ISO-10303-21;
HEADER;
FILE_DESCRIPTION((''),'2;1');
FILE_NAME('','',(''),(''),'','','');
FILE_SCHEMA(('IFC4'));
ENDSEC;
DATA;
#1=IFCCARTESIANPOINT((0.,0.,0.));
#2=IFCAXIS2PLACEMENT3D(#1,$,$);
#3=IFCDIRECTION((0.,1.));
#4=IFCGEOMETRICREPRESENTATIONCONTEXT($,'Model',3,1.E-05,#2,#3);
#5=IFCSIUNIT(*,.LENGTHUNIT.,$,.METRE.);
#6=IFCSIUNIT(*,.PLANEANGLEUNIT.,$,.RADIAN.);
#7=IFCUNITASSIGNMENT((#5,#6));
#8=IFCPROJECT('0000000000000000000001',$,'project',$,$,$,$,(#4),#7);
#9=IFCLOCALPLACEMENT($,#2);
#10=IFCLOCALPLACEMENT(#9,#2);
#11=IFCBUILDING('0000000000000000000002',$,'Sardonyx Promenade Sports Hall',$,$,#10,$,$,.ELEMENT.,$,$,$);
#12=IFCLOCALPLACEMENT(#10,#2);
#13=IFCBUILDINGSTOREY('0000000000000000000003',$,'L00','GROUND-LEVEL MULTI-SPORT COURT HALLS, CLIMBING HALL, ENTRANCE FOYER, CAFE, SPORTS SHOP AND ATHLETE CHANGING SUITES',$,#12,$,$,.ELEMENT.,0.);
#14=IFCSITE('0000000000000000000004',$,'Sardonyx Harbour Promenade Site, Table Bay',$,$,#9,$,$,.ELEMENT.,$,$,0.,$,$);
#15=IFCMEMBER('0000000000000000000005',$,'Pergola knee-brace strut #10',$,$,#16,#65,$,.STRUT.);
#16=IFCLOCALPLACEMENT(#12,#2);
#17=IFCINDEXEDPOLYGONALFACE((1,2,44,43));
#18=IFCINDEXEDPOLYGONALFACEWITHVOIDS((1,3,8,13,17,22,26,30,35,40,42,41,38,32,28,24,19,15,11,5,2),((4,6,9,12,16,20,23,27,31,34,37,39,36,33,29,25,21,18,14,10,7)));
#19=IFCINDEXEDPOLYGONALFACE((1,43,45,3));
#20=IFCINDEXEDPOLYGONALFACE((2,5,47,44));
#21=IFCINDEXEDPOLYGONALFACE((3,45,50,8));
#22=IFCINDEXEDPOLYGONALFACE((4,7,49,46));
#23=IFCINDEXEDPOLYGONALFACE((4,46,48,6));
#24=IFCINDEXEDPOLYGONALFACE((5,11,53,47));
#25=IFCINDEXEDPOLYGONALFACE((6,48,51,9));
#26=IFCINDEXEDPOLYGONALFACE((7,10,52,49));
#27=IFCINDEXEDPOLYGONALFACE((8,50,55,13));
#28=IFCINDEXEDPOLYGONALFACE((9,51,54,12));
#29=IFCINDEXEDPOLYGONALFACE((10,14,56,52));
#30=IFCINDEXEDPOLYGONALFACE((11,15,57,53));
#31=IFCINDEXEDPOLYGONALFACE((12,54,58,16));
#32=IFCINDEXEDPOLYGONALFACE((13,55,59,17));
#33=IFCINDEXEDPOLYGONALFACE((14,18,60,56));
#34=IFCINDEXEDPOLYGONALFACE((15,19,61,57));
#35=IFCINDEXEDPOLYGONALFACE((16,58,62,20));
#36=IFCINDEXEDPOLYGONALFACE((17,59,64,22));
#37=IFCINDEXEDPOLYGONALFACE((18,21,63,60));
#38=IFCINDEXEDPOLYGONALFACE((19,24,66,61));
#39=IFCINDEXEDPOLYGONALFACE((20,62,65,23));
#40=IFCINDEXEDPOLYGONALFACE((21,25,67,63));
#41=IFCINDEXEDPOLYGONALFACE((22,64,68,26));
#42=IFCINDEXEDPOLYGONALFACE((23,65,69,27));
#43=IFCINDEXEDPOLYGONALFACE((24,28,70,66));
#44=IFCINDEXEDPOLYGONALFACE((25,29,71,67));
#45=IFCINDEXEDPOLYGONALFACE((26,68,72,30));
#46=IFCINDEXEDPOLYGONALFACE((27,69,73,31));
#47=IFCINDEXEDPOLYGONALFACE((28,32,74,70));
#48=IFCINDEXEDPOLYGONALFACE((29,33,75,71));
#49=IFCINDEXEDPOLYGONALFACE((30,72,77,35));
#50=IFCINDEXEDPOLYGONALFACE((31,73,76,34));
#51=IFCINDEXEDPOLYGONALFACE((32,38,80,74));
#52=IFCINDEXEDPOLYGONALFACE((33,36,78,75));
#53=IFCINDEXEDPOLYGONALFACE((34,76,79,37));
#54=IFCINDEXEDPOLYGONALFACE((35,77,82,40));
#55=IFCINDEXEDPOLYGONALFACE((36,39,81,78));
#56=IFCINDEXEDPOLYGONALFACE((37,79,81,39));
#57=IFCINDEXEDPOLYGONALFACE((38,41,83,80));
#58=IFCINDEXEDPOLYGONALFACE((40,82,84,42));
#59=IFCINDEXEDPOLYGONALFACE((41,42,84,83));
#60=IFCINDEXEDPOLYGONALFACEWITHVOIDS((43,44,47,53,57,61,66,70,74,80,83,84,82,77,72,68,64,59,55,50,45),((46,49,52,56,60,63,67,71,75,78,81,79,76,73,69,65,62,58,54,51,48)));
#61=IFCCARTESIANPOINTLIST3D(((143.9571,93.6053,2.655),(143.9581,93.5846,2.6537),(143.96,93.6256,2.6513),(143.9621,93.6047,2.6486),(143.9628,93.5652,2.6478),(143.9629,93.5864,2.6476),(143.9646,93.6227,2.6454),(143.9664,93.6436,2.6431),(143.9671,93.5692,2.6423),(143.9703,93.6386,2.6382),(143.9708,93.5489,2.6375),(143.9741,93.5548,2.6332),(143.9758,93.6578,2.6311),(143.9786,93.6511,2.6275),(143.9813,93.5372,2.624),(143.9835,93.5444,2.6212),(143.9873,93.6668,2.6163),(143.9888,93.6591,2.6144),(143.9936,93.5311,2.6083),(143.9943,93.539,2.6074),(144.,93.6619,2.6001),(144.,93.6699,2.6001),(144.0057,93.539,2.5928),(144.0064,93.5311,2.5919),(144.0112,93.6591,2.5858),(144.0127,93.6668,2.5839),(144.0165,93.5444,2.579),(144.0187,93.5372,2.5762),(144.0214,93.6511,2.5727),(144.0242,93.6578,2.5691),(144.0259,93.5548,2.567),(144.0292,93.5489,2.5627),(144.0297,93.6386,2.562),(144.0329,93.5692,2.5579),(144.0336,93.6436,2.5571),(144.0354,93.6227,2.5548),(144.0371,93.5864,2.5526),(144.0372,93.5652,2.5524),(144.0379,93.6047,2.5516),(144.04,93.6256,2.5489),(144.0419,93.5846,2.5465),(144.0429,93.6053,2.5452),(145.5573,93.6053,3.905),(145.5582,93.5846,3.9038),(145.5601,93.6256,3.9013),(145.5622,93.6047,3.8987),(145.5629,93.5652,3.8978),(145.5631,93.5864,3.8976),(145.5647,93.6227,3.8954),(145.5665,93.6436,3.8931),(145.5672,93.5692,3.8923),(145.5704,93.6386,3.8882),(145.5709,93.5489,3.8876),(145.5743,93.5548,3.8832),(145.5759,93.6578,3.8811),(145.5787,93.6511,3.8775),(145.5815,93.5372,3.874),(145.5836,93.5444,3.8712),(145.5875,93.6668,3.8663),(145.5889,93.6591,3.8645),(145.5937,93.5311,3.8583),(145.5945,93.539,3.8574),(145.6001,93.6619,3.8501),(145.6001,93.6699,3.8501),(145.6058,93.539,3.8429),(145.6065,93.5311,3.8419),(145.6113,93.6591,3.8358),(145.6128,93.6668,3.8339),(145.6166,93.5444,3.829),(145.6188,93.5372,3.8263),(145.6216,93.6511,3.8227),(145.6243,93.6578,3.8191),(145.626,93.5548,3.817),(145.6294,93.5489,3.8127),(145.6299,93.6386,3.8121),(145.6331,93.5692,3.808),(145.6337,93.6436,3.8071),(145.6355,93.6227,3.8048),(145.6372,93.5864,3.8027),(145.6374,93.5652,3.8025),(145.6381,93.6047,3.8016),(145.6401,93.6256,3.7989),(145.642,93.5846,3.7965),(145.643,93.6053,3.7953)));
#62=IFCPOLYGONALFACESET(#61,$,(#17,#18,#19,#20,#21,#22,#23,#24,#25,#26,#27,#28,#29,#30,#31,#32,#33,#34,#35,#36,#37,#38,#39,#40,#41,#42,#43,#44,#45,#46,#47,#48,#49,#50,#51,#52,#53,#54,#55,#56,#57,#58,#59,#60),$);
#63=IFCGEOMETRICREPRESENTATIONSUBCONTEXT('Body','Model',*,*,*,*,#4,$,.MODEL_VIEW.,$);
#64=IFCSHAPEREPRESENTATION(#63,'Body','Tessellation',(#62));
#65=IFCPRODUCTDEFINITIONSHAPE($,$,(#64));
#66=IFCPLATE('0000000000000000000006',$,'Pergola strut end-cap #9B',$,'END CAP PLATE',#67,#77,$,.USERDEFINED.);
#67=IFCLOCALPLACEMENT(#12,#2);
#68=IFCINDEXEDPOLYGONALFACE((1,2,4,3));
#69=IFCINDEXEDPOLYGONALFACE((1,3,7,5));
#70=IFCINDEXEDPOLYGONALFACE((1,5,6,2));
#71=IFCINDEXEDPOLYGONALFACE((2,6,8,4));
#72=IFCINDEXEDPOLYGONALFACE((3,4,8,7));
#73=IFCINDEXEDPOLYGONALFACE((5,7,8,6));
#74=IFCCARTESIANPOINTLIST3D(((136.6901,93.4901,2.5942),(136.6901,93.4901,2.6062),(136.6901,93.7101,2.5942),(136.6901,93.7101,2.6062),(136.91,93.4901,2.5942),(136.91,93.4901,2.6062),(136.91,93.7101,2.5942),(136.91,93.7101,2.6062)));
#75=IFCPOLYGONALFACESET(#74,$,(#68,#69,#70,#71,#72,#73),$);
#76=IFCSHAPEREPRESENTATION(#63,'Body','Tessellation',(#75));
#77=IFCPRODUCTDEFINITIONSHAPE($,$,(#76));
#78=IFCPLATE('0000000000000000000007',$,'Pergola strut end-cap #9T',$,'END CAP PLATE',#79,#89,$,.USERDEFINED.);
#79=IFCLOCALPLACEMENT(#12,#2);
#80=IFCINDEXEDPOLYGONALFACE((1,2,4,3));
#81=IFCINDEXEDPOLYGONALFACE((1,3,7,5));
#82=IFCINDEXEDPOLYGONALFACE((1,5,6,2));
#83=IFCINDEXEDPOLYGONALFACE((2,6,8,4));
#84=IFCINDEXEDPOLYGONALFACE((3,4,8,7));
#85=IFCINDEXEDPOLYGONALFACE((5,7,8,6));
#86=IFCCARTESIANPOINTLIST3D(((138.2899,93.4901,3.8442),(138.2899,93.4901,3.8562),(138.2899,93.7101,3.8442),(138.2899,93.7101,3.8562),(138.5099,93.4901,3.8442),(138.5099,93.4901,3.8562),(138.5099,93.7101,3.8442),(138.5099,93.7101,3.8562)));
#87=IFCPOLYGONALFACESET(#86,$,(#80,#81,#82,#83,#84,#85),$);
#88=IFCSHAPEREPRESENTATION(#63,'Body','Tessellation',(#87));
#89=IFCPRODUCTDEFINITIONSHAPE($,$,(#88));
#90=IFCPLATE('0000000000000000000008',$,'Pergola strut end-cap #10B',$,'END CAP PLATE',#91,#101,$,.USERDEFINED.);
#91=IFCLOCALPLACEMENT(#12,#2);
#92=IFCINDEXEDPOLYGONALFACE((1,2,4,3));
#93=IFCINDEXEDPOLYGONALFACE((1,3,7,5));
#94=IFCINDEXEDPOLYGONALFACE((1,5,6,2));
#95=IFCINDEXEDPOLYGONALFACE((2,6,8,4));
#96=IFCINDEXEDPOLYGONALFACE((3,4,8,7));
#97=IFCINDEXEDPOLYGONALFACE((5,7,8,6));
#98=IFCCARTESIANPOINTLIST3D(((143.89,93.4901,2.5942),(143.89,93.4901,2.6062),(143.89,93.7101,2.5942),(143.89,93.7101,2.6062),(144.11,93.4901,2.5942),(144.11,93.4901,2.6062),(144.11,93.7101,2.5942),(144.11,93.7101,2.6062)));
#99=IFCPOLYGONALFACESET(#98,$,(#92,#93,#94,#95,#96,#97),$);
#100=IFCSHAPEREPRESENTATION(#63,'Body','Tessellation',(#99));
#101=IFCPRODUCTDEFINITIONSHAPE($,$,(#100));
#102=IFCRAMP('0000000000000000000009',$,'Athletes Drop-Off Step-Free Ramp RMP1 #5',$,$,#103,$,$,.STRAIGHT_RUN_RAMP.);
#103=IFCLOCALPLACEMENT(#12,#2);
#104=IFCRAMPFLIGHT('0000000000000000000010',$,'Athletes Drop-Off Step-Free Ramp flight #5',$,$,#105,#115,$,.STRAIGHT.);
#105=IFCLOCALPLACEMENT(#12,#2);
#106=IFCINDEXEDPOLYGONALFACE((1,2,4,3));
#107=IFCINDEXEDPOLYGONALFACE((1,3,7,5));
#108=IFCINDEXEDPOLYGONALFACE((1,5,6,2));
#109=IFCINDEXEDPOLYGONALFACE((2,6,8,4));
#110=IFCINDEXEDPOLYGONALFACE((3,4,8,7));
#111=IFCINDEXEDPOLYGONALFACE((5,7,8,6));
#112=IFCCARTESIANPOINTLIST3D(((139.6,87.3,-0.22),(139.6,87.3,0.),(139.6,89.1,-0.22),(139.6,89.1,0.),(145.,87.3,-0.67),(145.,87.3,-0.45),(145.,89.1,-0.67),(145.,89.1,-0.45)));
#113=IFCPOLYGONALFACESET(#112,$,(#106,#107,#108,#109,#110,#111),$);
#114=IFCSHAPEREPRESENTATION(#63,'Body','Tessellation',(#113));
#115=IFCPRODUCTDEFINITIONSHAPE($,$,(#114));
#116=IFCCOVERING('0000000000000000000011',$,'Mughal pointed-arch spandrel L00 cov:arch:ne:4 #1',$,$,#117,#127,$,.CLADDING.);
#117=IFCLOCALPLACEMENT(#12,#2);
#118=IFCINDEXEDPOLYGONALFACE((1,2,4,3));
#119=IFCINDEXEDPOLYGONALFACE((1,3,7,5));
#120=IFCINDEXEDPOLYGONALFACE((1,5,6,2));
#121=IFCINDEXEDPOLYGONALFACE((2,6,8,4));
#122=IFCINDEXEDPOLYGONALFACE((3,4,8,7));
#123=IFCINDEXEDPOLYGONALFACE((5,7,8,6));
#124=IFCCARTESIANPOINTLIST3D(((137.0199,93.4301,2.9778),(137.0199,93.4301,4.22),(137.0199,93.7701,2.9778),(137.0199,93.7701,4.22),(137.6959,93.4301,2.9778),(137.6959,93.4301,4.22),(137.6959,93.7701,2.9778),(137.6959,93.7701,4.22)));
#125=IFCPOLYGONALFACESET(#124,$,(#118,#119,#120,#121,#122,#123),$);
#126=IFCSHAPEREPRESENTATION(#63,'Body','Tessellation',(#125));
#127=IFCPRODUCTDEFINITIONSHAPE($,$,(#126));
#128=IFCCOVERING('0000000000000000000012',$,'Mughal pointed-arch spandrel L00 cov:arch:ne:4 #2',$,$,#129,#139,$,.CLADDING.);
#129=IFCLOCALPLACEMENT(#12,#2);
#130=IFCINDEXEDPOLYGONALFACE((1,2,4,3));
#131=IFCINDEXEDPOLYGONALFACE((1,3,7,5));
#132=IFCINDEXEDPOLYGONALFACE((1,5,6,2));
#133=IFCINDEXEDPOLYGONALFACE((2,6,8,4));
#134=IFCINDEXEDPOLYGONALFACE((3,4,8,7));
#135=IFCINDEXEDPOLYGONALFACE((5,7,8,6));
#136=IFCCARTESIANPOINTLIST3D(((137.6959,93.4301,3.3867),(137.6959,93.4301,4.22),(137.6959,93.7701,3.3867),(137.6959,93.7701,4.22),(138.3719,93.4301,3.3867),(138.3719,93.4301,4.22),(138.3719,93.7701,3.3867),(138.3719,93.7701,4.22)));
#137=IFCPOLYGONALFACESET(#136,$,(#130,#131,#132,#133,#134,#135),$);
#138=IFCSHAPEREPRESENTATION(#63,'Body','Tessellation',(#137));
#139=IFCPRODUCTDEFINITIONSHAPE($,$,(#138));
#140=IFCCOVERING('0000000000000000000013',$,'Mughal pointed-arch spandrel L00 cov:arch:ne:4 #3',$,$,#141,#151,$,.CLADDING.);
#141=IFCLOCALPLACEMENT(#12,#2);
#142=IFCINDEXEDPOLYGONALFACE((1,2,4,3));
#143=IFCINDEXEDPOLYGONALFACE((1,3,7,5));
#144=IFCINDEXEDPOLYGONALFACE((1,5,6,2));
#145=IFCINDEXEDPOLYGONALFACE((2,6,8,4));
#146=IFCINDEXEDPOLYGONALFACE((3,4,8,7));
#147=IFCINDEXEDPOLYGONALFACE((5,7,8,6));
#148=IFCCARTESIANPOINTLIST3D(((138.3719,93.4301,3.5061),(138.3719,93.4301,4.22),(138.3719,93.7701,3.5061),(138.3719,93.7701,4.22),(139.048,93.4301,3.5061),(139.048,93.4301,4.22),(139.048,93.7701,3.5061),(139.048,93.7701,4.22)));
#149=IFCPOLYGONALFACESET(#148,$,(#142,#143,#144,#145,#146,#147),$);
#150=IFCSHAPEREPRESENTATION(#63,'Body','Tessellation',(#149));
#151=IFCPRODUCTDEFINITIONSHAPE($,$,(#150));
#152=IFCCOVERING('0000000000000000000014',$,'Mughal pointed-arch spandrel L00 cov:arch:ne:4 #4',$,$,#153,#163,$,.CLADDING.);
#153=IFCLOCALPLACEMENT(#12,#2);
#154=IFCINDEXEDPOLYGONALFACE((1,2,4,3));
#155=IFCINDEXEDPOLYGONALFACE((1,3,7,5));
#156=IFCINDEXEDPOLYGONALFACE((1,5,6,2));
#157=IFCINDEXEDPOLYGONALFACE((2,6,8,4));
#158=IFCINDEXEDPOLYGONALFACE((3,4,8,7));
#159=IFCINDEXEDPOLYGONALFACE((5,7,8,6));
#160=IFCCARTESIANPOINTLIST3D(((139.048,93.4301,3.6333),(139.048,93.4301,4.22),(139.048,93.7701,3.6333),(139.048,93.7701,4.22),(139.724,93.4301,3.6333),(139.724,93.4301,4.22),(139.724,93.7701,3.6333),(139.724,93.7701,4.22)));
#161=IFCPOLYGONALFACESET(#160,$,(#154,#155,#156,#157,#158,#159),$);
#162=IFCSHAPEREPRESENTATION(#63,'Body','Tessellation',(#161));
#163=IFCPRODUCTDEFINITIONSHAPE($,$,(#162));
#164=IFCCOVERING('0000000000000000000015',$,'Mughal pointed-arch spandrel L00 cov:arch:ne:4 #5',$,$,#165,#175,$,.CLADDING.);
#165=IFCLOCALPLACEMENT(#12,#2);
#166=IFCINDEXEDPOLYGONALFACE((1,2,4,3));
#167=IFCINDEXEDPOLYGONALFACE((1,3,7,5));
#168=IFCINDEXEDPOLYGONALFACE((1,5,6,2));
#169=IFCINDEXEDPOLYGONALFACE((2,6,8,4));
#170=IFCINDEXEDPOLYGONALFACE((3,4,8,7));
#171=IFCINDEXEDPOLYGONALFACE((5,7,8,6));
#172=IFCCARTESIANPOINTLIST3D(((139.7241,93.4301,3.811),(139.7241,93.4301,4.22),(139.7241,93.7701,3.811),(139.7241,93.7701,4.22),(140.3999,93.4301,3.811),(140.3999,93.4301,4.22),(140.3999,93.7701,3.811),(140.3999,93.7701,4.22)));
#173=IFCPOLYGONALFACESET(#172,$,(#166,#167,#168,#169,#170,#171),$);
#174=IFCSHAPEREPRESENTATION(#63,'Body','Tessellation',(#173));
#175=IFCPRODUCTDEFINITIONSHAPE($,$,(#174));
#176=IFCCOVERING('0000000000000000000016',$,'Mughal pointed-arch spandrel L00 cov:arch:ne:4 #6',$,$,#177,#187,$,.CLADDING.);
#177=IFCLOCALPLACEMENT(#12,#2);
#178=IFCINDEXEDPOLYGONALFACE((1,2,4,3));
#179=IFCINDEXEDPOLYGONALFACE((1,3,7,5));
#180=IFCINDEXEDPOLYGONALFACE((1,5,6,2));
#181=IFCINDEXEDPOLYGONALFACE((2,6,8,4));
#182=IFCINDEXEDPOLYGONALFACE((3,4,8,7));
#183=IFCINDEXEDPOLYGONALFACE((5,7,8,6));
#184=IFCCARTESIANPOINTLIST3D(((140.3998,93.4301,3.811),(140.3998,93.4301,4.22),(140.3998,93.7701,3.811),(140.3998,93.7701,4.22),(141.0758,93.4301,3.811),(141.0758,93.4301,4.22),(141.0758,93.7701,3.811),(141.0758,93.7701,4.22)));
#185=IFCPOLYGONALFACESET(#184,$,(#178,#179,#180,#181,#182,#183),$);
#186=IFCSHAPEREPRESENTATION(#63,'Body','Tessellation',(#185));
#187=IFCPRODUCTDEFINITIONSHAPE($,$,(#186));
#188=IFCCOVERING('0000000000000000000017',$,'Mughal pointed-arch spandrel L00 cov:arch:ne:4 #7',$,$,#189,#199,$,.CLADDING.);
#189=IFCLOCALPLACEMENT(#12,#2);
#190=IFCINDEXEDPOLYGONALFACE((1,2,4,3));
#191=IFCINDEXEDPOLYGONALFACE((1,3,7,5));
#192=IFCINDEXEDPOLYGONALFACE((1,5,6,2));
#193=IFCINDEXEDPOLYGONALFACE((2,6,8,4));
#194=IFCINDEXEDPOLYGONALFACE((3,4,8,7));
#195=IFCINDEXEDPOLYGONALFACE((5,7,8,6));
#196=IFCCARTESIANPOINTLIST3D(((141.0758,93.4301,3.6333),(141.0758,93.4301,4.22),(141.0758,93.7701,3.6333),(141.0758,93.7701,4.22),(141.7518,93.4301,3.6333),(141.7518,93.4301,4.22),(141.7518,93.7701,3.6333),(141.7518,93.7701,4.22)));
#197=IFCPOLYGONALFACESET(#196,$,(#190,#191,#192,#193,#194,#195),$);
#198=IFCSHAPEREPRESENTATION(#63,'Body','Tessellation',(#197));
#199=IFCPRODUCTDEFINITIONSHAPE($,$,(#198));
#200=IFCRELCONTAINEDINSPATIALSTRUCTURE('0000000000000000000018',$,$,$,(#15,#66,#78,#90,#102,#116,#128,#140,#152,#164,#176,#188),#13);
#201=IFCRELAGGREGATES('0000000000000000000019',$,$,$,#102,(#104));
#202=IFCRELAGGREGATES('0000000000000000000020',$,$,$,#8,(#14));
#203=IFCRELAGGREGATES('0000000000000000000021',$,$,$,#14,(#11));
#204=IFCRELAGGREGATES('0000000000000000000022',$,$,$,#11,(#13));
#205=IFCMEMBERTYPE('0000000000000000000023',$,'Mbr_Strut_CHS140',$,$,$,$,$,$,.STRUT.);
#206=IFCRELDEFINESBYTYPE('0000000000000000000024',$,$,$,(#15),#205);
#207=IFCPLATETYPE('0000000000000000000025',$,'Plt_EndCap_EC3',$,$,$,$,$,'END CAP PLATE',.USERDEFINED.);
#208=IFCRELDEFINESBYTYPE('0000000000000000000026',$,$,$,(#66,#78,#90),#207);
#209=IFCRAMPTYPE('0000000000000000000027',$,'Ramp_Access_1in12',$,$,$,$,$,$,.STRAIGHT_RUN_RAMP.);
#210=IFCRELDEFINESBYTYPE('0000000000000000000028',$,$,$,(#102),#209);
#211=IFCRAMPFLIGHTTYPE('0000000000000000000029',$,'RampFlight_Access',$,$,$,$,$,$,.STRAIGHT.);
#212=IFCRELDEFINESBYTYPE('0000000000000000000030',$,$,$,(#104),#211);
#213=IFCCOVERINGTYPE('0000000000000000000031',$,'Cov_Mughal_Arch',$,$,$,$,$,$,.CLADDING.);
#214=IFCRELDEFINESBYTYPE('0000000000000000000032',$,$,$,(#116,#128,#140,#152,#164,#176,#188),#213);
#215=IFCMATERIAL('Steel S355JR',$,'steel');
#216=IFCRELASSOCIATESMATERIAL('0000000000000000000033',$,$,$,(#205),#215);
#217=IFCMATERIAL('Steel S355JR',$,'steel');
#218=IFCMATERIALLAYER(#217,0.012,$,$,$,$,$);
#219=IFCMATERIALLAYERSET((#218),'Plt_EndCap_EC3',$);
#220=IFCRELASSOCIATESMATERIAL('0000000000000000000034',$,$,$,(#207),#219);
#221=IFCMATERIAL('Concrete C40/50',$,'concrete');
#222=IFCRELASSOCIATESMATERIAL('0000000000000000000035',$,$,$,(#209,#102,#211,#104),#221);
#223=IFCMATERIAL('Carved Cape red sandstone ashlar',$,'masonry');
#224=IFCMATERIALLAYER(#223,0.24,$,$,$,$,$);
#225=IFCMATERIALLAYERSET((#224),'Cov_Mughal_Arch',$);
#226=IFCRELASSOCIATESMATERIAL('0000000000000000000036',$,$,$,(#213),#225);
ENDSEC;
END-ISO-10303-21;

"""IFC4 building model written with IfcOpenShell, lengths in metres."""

from ifc_helpers import new_model, si_unit, direction, frame, frame_2d, origin, origin_2d, place, context, subcontext, project, spatial, polyline, rectangle, hollow_circle, outline, extrude, material, layer, layer_set, material_profile, profile_set, type_object, element, aggregate, save


model = new_model("IFC4")

# Units and contexts
model_context = context("Model", 3, precision=1e-05, world=origin(), true_north=direction((0.0, 1.0)))
body_context = subcontext(model_context, "Body", "Model", "MODEL_VIEW")
ifc_project = project(units=[si_unit("LENGTHUNIT", "METRE"), si_unit("PLANEANGLEUNIT", "RADIAN")], contexts=[model_context])

# Site, building, storey
site_placement = place(None, origin())
site = spatial("IfcSite", under=ifc_project, at=site_placement, Name="Sardonyx Harbour Promenade Site, Table Bay", CompositionType="ELEMENT", RefElevation=0.0)
building_placement = place(site_placement, origin())
building = spatial("IfcBuilding", under=site, at=building_placement, Name="Sardonyx Promenade Sports Hall", CompositionType="ELEMENT")
storey_placement = place(building_placement, origin())
storey = spatial("IfcBuildingStorey", under=building, at=storey_placement, Name="L00", Description="GROUND-LEVEL MULTI-SPORT COURT HALLS, CLIMBING HALL, ENTRANCE FOYER, CAFE, SPORTS SHOP AND ATHLETE CHANGING SUITES", CompositionType="ELEMENT", Elevation=0.0)

# Member
ifc_material_1 = material(Name="Steel S355JR", Category="steel")
ifc_material_profile_1 = material_profile(ifc_material_1, hollow_circle(Radius=0.0698, WallThickness=0.0081, at=origin_2d()))
ifc_profile_set_1 = profile_set([ifc_material_profile_1], Name="Steel S355JR")
member_type = type_object("IfcMemberType", Name="Mbr_Strut_CHS140", PredefinedType="STRUT", material=ifc_profile_set_1)
member_1_placement = place(storey_placement, frame((144.0, 93.6001, 2.6001), z_axis=(0.788043, 0.0, 0.615621), x_axis=(0.0, 1.0, 0.0)))
element("IfcMember", 1, at=member_1_placement, inside=storey, type_object=member_type, Name="Pergola knee-brace strut #10", PredefinedType="STRUT", context=body_context, shape_type="SweptSolid", body=[
    extrude(hollow_circle(Radius=0.0698, WallThickness=0.0081, at=origin_2d()), origin(), (0.0, 0.0, 1.0), 2.0305),
])

# Plates
ifc_material_2 = material(Name="Steel S355JR", Category="steel")
ifc_layer_1 = layer(ifc_material_2, 0.012)
ifc_layer_set_1 = layer_set([ifc_layer_1], Name="Plt_EndCap_EC3")
plate_type = type_object("IfcPlateType", Name="Plt_EndCap_EC3", ElementType="END CAP PLATE", PredefinedType="USERDEFINED", material=ifc_layer_set_1)
for number, where, z_axis, x_axis, name in (
    (2, (136.8, 93.6001, 2.5942), (0.0, 0.0, 1.0), (1.0, 0.0, 0.0), "Pergola strut end-cap #9B"),
    (3, (138.3999, 93.6001, 3.8442), (0.0, 0.0, 1.0), (1.0, 0.0, 0.0), "Pergola strut end-cap #9T"),
    (4, (144.0, 93.6001, 2.5942), (0.0, 0.0, 1.0), (1.0, 0.0, 0.0), "Pergola strut end-cap #10B"),
):
    element("IfcPlate", number, at=place(storey_placement, frame(where, z_axis=z_axis, x_axis=x_axis)), inside=storey, type_object=plate_type, Name=name, ObjectType="END CAP PLATE", PredefinedType="USERDEFINED", context=body_context, shape_type="SweptSolid", body=[
        extrude(rectangle(XDim=0.22, YDim=0.22, at=origin_2d()), origin(), (0.0, 0.0, 1.0), 0.012),
    ])

# Ramp, ramp flight
ifc_material_3 = material(Name="Concrete C40/50", Category="concrete")
ramp_type = type_object("IfcRampType", Name="Ramp_Access_1in12", PredefinedType="STRAIGHT_RUN_RAMP", material=ifc_material_3)
ramp_placement = place(storey_placement, frame((145.0, 88.2, -0.45), z_axis=(0.0, 0.0, 1.0), x_axis=(1.0, 0.0, 0.0)))
ramp = element("IfcRamp", 5, at=ramp_placement, inside=storey, type_object=ramp_type, material=ifc_material_3, Name="Athletes Drop-Off Step-Free Ramp RMP1 #5", PredefinedType="STRAIGHT_RUN_RAMP")
ramp_flight_type = type_object("IfcRampFlightType", Name="RampFlight_Access", PredefinedType="STRAIGHT", material=ifc_material_3)
ramp_flight_placement = place(storey_placement, frame((145.0, 88.2, -0.45), z_axis=(0.0, 1.0, 0.0), x_axis=(-1.0, 0.0, 0.0)))
ramp_flight = element("IfcRampFlight", 6, at=ramp_flight_placement, type_object=ramp_flight_type, material=ifc_material_3, Name="Athletes Drop-Off Step-Free Ramp flight #5", PredefinedType="STRAIGHT", context=body_context, shape_type="SweptSolid", body=[
    extrude(outline(polyline([(0.0, 0.0), (5.4, 0.45), (5.4, 0.23), (0.0, -0.22), (0.0, 0.0)])), frame((0.0, 0.0, -0.9)), (0.0, 0.0, 1.0), 1.8),
])
aggregate(ramp, [ramp_flight])

# Coverings
ifc_material_4 = material(Name="Carved Cape red sandstone ashlar", Category="masonry")
ifc_layer_2 = layer(ifc_material_4, 0.24)
ifc_layer_set_2 = layer_set([ifc_layer_2], Name="Cov_Mughal_Arch")
covering_type = type_object("IfcCoveringType", Name="Cov_Mughal_Arch", PredefinedType="CLADDING", material=ifc_layer_set_2)
covering_1_placement = place(storey_placement, frame((137.02, 93.6001, 2.9778), z_axis=(0.0, 0.0, 1.0), x_axis=(1.0, 0.0, 0.0)))
element("IfcCovering", 7, at=covering_1_placement, inside=storey, type_object=covering_type, Name="Mughal pointed-arch spandrel L00 cov:arch:ne:4 #1", PredefinedType="CLADDING", context=body_context, shape_type="SweptSolid", body=[
    extrude(rectangle(XDim=0.676, YDim=0.3401, at=frame_2d((0.3379, 0.0))), origin(), (0.0, 0.0, 1.0), 1.2422),
])
covering_2_placement = place(storey_placement, frame((137.696, 93.6001, 3.3867), z_axis=(0.0, 0.0, 1.0), x_axis=(1.0, 0.0, 0.0)))
element("IfcCovering", 8, at=covering_2_placement, inside=storey, type_object=covering_type, Name="Mughal pointed-arch spandrel L00 cov:arch:ne:4 #2", PredefinedType="CLADDING", context=body_context, shape_type="SweptSolid", body=[
    extrude(rectangle(XDim=0.676, YDim=0.3401, at=frame_2d((0.3379, 0.0))), origin(), (0.0, 0.0, 1.0), 0.8333),
])
covering_3_placement = place(storey_placement, frame((138.3721, 93.6001, 3.5061), z_axis=(0.0, 0.0, 1.0), x_axis=(1.0, 0.0, 0.0)))
element("IfcCovering", 9, at=covering_3_placement, inside=storey, type_object=covering_type, Name="Mughal pointed-arch spandrel L00 cov:arch:ne:4 #3", PredefinedType="CLADDING", context=body_context, shape_type="SweptSolid", body=[
    extrude(rectangle(XDim=0.676, YDim=0.3401, at=frame_2d((0.3379, 0.0))), origin(), (0.0, 0.0, 1.0), 0.7139),
])
covering_4_placement = place(storey_placement, frame((139.0481, 93.6001, 3.6333), z_axis=(0.0, 0.0, 1.0), x_axis=(1.0, 0.0, 0.0)))
element("IfcCovering", 10, at=covering_4_placement, inside=storey, type_object=covering_type, Name="Mughal pointed-arch spandrel L00 cov:arch:ne:4 #4", PredefinedType="CLADDING", context=body_context, shape_type="SweptSolid", body=[
    extrude(rectangle(XDim=0.676, YDim=0.3401, at=frame_2d((0.3379, 0.0))), origin(), (0.0, 0.0, 1.0), 0.5867),
])
covering_5_placement = place(storey_placement, frame((139.7241, 93.6001, 3.811), z_axis=(0.0, 0.0, 1.0), x_axis=(1.0, 0.0, 0.0)))
element("IfcCovering", 11, at=covering_5_placement, inside=storey, type_object=covering_type, Name="Mughal pointed-arch spandrel L00 cov:arch:ne:4 #5", PredefinedType="CLADDING", context=body_context, shape_type="SweptSolid", body=[
    extrude(rectangle(XDim=0.6758, YDim=0.3401, at=frame_2d((0.3379, 0.0))), origin(), (0.0, 0.0, 1.0), 0.4089),
])
covering_6_placement = place(storey_placement, frame((140.3999, 93.6001, 3.811), z_axis=(0.0, 0.0, 1.0), x_axis=(1.0, 0.0, 0.0)))
element("IfcCovering", 12, at=covering_6_placement, inside=storey, type_object=covering_type, Name="Mughal pointed-arch spandrel L00 cov:arch:ne:4 #6", PredefinedType="CLADDING", context=body_context, shape_type="SweptSolid", body=[
    extrude(rectangle(XDim=0.676, YDim=0.3401, at=frame_2d((0.3379, 0.0))), origin(), (0.0, 0.0, 1.0), 0.4089),
])
covering_7_placement = place(storey_placement, frame((141.0759, 93.6001, 3.6333), z_axis=(0.0, 0.0, 1.0), x_axis=(1.0, 0.0, 0.0)))
element("IfcCovering", 13, at=covering_7_placement, inside=storey, type_object=covering_type, Name="Mughal pointed-arch spandrel L00 cov:arch:ne:4 #7", PredefinedType="CLADDING", context=body_context, shape_type="SweptSolid", body=[
    extrude(rectangle(XDim=0.676, YDim=0.3401, at=frame_2d((0.3379, 0.0))), origin(), (0.0, 0.0, 1.0), 0.5867),
])

save(model, "model.ifc")
